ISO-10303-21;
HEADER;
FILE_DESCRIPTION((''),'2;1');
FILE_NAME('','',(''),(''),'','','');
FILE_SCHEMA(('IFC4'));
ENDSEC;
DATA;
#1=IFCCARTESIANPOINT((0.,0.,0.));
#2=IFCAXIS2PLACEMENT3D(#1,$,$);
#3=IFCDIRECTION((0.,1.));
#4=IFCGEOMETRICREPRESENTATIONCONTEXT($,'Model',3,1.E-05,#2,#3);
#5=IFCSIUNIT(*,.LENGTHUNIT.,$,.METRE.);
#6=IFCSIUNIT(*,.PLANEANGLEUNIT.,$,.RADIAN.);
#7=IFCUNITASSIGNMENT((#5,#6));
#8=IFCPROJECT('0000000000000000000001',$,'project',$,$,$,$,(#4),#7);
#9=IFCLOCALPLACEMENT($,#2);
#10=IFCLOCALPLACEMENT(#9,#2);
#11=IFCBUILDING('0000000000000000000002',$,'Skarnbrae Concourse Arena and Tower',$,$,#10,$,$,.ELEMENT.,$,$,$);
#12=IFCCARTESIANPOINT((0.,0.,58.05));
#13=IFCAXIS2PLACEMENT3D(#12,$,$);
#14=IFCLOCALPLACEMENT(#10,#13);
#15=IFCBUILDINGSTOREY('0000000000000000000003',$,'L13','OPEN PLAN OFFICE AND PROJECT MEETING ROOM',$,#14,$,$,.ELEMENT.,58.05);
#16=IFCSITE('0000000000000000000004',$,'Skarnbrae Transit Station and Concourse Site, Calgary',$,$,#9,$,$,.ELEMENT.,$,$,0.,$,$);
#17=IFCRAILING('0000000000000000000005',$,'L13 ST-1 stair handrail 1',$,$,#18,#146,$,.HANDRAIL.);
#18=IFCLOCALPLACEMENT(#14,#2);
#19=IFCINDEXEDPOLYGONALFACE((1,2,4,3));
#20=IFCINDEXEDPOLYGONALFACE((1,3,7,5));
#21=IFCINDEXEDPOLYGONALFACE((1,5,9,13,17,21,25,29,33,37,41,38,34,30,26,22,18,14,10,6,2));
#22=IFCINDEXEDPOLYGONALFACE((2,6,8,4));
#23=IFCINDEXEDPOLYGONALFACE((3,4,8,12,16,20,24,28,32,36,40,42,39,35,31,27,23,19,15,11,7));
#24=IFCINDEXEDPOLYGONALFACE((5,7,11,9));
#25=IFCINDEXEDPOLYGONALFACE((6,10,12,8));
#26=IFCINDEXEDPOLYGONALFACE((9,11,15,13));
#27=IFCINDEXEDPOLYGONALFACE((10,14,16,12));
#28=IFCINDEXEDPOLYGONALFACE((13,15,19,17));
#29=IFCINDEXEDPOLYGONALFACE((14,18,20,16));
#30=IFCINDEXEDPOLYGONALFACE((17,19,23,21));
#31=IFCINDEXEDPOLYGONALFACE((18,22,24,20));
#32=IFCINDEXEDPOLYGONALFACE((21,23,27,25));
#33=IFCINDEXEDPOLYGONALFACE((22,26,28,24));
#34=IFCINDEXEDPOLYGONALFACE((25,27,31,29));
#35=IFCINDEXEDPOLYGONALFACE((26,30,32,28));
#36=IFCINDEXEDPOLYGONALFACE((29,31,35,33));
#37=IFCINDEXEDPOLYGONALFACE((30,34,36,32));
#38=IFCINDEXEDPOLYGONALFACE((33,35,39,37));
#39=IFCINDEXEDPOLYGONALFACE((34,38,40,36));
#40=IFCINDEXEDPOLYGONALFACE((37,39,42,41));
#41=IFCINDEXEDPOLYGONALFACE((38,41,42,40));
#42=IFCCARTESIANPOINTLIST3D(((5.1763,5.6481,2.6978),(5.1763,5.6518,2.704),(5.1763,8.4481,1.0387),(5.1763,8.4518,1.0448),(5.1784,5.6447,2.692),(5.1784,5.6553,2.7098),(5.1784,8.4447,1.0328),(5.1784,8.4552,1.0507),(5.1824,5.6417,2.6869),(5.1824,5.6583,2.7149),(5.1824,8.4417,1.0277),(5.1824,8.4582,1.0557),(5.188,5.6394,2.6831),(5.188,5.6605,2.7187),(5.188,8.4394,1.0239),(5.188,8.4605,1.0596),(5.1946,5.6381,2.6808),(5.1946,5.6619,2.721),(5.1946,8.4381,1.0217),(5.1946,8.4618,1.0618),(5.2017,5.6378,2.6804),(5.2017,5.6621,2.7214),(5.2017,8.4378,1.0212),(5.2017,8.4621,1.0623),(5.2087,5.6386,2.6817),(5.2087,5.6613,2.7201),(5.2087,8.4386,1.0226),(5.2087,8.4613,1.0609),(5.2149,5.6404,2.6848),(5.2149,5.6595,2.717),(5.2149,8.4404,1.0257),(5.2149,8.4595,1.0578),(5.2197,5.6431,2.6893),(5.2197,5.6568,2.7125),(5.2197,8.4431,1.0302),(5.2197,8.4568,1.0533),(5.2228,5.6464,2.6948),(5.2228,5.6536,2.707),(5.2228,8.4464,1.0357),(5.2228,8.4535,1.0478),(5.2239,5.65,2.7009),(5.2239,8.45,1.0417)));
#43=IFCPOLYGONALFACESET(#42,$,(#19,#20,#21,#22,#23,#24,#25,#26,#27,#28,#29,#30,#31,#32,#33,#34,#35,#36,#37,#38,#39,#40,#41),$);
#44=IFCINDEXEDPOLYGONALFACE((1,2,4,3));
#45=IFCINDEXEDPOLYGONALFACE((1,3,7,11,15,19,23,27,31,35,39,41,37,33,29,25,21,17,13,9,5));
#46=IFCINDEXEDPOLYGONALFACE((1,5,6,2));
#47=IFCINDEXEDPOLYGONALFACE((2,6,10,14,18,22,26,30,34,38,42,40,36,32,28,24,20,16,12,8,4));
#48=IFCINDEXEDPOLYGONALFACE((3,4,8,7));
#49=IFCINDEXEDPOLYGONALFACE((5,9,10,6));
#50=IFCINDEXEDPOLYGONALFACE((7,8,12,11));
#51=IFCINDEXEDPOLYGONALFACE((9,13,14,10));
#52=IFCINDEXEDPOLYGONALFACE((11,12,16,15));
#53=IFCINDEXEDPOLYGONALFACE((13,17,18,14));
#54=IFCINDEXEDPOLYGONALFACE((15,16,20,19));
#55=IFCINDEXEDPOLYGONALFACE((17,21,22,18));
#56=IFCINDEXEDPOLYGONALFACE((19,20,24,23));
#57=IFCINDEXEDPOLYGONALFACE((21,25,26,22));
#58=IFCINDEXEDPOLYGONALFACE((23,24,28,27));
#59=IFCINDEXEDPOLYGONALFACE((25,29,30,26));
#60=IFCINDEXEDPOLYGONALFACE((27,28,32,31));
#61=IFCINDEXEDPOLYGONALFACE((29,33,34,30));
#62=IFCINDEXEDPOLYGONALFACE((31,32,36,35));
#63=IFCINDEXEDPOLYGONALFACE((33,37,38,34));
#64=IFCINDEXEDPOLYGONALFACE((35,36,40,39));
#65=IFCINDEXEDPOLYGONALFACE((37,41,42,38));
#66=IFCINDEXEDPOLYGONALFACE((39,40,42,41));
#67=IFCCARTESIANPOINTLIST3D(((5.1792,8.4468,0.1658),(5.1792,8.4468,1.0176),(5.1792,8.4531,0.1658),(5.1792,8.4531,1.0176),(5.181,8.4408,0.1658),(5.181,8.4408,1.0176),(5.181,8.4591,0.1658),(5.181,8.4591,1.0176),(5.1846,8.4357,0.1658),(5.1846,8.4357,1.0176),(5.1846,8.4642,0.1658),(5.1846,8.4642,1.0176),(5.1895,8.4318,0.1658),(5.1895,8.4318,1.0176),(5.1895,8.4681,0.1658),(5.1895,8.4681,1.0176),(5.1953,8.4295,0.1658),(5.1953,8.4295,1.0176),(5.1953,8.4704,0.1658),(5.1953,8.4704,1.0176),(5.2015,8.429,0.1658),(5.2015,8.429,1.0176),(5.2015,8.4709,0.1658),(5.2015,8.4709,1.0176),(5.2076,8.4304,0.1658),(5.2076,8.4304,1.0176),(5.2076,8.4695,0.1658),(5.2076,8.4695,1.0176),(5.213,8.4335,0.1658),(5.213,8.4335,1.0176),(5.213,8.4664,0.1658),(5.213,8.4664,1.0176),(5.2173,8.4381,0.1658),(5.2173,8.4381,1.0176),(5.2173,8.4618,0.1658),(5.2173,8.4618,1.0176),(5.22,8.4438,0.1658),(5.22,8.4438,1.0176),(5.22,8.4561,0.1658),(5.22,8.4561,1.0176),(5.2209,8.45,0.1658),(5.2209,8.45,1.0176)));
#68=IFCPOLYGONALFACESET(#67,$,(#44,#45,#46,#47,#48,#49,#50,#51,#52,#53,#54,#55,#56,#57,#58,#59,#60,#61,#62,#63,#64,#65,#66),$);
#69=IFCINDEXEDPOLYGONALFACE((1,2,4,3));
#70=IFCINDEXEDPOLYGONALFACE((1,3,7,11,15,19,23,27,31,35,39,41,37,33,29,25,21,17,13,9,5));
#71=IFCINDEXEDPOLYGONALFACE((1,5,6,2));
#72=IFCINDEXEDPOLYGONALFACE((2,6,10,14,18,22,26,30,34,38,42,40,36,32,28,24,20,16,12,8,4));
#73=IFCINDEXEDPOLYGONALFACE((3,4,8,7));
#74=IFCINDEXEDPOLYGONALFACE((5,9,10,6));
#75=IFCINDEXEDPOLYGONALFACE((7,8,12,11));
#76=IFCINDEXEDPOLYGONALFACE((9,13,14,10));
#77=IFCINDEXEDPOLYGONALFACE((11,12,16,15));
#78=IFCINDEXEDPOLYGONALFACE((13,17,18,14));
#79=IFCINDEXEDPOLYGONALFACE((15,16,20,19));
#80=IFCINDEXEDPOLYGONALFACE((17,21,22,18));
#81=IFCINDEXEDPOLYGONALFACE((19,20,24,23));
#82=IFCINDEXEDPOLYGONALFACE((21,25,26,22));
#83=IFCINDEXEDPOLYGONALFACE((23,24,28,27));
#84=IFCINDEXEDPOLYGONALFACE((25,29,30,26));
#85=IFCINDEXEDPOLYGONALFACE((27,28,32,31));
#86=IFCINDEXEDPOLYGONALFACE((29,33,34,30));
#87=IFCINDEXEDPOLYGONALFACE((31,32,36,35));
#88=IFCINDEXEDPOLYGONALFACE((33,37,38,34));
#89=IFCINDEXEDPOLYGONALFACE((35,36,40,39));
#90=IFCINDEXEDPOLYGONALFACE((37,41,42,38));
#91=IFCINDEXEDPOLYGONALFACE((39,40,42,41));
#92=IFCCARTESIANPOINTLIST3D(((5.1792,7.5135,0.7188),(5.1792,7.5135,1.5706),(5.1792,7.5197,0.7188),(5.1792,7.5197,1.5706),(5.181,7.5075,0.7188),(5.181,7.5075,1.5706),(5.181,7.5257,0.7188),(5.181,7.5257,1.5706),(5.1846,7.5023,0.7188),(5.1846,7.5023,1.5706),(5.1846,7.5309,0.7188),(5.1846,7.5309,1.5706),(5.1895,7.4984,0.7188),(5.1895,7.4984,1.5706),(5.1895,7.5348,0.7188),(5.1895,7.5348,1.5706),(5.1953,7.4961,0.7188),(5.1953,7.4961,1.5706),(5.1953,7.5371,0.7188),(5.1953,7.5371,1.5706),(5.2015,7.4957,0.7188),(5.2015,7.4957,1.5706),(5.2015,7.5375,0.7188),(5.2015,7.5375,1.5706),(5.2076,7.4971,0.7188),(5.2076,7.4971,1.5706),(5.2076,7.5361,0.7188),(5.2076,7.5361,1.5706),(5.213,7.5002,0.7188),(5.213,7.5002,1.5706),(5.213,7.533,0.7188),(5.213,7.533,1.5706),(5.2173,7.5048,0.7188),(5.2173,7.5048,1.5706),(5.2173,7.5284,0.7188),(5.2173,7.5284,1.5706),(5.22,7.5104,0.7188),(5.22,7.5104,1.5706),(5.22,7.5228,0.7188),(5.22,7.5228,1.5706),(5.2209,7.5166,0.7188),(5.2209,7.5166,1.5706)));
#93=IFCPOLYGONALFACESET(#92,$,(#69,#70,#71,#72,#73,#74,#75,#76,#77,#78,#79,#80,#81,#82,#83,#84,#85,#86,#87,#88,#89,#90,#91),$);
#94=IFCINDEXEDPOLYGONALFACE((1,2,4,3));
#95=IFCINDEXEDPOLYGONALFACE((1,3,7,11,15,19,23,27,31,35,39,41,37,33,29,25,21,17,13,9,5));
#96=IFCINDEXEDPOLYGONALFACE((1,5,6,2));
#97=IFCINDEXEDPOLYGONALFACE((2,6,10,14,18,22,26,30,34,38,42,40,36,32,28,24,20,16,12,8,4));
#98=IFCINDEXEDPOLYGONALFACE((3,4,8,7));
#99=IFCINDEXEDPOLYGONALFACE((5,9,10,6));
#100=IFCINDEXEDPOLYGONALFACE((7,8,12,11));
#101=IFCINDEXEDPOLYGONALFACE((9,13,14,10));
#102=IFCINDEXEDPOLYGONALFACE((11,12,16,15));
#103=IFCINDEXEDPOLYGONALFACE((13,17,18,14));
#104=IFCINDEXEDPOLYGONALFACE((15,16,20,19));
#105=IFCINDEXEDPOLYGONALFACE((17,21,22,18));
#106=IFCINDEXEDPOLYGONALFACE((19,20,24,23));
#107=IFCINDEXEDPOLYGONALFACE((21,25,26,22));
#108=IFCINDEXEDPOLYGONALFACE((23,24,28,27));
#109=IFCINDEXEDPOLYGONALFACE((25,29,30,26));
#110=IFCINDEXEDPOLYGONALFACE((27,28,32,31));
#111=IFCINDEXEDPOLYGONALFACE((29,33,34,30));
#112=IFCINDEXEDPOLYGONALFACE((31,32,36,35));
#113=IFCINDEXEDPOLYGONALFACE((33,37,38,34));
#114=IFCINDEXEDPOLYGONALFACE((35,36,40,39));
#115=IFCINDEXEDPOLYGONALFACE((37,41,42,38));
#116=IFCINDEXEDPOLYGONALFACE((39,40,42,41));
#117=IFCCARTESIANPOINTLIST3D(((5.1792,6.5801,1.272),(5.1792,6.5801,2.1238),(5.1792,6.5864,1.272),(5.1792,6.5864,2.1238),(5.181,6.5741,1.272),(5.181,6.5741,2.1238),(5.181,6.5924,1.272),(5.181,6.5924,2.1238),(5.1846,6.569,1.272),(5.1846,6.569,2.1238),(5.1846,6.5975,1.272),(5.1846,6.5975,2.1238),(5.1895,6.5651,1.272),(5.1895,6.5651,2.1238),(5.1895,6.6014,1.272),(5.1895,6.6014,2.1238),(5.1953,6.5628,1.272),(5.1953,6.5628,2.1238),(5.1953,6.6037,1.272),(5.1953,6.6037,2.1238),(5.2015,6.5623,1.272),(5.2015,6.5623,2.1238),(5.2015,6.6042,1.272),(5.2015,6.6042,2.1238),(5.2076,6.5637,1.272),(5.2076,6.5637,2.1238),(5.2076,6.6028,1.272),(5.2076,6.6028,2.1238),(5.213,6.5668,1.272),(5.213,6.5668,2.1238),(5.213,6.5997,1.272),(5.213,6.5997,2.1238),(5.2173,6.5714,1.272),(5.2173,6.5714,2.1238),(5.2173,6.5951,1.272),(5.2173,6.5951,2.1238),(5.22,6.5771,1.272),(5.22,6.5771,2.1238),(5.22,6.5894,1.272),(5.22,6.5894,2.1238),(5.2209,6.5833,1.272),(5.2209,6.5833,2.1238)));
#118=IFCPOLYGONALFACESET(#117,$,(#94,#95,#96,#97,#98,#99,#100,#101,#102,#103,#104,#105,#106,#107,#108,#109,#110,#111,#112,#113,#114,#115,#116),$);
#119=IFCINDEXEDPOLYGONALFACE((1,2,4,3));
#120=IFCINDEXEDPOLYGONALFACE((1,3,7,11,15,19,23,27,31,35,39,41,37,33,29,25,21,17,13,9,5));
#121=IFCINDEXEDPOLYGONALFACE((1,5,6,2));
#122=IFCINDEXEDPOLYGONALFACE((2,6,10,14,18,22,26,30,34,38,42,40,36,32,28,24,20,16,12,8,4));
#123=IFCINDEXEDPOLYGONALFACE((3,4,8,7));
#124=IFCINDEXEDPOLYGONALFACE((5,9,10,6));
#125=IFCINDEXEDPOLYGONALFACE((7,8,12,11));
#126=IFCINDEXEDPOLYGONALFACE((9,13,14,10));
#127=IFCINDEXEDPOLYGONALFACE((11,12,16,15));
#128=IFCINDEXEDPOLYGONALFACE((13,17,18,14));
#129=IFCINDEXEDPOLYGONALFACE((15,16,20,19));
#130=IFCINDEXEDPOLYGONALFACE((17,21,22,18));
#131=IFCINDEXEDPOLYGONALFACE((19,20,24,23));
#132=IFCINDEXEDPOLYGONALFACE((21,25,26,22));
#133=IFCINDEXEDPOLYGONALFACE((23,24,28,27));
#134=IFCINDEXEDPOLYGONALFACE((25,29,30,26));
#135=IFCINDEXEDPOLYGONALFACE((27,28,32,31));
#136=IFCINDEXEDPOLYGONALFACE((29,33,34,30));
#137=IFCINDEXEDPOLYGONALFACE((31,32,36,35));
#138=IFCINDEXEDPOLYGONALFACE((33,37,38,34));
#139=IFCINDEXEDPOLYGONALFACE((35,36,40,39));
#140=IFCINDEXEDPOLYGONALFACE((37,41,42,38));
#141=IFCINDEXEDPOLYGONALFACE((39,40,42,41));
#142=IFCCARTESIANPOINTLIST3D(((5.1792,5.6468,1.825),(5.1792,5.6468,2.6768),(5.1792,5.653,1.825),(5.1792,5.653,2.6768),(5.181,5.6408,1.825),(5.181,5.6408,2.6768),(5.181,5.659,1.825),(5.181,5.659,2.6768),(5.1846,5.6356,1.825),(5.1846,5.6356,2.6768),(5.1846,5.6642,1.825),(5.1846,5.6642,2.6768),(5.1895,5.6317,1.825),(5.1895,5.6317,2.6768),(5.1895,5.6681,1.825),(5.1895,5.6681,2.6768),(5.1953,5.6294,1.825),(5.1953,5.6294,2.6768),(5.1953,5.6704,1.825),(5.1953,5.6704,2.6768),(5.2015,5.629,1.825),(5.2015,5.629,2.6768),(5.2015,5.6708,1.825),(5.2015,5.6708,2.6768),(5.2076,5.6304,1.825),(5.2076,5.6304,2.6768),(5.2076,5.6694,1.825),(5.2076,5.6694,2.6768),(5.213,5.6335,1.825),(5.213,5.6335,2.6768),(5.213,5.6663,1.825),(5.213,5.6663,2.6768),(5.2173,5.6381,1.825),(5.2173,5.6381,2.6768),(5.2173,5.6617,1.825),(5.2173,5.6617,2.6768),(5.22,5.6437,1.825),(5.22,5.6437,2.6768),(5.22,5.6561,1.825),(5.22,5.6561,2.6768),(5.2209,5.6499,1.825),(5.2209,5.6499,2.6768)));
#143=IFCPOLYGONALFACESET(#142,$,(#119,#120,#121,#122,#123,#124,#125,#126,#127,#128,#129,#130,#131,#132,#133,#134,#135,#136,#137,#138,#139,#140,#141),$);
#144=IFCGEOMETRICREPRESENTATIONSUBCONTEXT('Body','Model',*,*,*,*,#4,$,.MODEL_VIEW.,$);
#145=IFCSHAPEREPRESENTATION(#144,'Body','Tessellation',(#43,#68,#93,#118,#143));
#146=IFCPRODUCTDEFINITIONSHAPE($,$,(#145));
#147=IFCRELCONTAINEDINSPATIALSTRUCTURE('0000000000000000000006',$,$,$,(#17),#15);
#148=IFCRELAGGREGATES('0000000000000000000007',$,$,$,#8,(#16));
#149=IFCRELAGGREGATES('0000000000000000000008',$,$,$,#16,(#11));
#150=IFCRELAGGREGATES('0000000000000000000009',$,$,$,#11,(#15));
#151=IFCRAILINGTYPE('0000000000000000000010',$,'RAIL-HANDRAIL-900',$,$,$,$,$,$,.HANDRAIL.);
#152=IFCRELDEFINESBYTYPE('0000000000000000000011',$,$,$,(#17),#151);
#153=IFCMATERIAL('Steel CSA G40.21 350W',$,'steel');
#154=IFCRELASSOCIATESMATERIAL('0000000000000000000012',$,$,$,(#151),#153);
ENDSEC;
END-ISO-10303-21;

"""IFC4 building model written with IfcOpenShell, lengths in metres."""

from ifc_helpers import new_model, si_unit, direction, frame, origin, origin_2d, place, context, subcontext, project, spatial, circle, extrude, material, type_object, element, save


model = new_model("IFC4")

# Units and contexts
model_context = context("Model", 3, precision=1e-05, world=origin(), true_north=direction((0.0, 1.0)))
body_context = subcontext(model_context, "Body", "Model", "MODEL_VIEW")
ifc_project = project(units=[si_unit("LENGTHUNIT", "METRE"), si_unit("PLANEANGLEUNIT", "RADIAN")], contexts=[model_context])

# Site, building, storey
site_placement = place(None, origin())
site = spatial("IfcSite", under=ifc_project, at=site_placement, Name="Skarnbrae Transit Station and Concourse Site, Calgary", CompositionType="ELEMENT", RefElevation=0.0)
building_placement = place(site_placement, origin())
building = spatial("IfcBuilding", under=site, at=building_placement, Name="Skarnbrae Concourse Arena and Tower", CompositionType="ELEMENT")
storey_placement = place(building_placement, frame((0.0, 0.0, 58.05)))
storey = spatial("IfcBuildingStorey", under=building, at=storey_placement, Name="L13", Description="OPEN PLAN OFFICE AND PROJECT MEETING ROOM", CompositionType="ELEMENT", Elevation=58.05)

# Shared definitions
ifc_material_1 = material(Name="Steel CSA G40.21 350W", Category="steel")

# Railing
railing_type_1 = type_object("IfcRailingType", Name="RAIL-HANDRAIL-900", PredefinedType="HANDRAIL", material=ifc_material_1)
railing_1_placement = place(storey_placement, frame((5.2, 8.45, 0.1658)))
element("IfcRailing", 1, at=railing_1_placement, inside=storey, type_object=railing_type_1, Name="L13 ST-1 stair handrail 1", PredefinedType="HANDRAIL", context=body_context, shape_type="SweptSolid", body=[
    extrude(circle(Radius=0.0239, at=origin_2d()), frame((0.0, 0.0, 0.876), z_axis=(0.0, -0.860306, 0.509778), x_axis=(1.0, 0.0, 0.0)), (0.0, 0.0, 1.0), 3.2546),
    extrude(circle(Radius=0.021, at=origin_2d()), origin(), (0.0, 0.0, 1.0), 0.8518),
    extrude(circle(Radius=0.021, at=origin_2d()), frame((0.0, -0.9333, 0.553)), (0.0, 0.0, 1.0), 0.8518),
    extrude(circle(Radius=0.021, at=origin_2d()), frame((0.0, -1.8667, 1.1062)), (0.0, 0.0, 1.0), 0.8518),
    extrude(circle(Radius=0.021, at=origin_2d()), frame((0.0, -2.8, 1.6592)), (0.0, 0.0, 1.0), 0.8518),
])

save(model, "model.ifc")
